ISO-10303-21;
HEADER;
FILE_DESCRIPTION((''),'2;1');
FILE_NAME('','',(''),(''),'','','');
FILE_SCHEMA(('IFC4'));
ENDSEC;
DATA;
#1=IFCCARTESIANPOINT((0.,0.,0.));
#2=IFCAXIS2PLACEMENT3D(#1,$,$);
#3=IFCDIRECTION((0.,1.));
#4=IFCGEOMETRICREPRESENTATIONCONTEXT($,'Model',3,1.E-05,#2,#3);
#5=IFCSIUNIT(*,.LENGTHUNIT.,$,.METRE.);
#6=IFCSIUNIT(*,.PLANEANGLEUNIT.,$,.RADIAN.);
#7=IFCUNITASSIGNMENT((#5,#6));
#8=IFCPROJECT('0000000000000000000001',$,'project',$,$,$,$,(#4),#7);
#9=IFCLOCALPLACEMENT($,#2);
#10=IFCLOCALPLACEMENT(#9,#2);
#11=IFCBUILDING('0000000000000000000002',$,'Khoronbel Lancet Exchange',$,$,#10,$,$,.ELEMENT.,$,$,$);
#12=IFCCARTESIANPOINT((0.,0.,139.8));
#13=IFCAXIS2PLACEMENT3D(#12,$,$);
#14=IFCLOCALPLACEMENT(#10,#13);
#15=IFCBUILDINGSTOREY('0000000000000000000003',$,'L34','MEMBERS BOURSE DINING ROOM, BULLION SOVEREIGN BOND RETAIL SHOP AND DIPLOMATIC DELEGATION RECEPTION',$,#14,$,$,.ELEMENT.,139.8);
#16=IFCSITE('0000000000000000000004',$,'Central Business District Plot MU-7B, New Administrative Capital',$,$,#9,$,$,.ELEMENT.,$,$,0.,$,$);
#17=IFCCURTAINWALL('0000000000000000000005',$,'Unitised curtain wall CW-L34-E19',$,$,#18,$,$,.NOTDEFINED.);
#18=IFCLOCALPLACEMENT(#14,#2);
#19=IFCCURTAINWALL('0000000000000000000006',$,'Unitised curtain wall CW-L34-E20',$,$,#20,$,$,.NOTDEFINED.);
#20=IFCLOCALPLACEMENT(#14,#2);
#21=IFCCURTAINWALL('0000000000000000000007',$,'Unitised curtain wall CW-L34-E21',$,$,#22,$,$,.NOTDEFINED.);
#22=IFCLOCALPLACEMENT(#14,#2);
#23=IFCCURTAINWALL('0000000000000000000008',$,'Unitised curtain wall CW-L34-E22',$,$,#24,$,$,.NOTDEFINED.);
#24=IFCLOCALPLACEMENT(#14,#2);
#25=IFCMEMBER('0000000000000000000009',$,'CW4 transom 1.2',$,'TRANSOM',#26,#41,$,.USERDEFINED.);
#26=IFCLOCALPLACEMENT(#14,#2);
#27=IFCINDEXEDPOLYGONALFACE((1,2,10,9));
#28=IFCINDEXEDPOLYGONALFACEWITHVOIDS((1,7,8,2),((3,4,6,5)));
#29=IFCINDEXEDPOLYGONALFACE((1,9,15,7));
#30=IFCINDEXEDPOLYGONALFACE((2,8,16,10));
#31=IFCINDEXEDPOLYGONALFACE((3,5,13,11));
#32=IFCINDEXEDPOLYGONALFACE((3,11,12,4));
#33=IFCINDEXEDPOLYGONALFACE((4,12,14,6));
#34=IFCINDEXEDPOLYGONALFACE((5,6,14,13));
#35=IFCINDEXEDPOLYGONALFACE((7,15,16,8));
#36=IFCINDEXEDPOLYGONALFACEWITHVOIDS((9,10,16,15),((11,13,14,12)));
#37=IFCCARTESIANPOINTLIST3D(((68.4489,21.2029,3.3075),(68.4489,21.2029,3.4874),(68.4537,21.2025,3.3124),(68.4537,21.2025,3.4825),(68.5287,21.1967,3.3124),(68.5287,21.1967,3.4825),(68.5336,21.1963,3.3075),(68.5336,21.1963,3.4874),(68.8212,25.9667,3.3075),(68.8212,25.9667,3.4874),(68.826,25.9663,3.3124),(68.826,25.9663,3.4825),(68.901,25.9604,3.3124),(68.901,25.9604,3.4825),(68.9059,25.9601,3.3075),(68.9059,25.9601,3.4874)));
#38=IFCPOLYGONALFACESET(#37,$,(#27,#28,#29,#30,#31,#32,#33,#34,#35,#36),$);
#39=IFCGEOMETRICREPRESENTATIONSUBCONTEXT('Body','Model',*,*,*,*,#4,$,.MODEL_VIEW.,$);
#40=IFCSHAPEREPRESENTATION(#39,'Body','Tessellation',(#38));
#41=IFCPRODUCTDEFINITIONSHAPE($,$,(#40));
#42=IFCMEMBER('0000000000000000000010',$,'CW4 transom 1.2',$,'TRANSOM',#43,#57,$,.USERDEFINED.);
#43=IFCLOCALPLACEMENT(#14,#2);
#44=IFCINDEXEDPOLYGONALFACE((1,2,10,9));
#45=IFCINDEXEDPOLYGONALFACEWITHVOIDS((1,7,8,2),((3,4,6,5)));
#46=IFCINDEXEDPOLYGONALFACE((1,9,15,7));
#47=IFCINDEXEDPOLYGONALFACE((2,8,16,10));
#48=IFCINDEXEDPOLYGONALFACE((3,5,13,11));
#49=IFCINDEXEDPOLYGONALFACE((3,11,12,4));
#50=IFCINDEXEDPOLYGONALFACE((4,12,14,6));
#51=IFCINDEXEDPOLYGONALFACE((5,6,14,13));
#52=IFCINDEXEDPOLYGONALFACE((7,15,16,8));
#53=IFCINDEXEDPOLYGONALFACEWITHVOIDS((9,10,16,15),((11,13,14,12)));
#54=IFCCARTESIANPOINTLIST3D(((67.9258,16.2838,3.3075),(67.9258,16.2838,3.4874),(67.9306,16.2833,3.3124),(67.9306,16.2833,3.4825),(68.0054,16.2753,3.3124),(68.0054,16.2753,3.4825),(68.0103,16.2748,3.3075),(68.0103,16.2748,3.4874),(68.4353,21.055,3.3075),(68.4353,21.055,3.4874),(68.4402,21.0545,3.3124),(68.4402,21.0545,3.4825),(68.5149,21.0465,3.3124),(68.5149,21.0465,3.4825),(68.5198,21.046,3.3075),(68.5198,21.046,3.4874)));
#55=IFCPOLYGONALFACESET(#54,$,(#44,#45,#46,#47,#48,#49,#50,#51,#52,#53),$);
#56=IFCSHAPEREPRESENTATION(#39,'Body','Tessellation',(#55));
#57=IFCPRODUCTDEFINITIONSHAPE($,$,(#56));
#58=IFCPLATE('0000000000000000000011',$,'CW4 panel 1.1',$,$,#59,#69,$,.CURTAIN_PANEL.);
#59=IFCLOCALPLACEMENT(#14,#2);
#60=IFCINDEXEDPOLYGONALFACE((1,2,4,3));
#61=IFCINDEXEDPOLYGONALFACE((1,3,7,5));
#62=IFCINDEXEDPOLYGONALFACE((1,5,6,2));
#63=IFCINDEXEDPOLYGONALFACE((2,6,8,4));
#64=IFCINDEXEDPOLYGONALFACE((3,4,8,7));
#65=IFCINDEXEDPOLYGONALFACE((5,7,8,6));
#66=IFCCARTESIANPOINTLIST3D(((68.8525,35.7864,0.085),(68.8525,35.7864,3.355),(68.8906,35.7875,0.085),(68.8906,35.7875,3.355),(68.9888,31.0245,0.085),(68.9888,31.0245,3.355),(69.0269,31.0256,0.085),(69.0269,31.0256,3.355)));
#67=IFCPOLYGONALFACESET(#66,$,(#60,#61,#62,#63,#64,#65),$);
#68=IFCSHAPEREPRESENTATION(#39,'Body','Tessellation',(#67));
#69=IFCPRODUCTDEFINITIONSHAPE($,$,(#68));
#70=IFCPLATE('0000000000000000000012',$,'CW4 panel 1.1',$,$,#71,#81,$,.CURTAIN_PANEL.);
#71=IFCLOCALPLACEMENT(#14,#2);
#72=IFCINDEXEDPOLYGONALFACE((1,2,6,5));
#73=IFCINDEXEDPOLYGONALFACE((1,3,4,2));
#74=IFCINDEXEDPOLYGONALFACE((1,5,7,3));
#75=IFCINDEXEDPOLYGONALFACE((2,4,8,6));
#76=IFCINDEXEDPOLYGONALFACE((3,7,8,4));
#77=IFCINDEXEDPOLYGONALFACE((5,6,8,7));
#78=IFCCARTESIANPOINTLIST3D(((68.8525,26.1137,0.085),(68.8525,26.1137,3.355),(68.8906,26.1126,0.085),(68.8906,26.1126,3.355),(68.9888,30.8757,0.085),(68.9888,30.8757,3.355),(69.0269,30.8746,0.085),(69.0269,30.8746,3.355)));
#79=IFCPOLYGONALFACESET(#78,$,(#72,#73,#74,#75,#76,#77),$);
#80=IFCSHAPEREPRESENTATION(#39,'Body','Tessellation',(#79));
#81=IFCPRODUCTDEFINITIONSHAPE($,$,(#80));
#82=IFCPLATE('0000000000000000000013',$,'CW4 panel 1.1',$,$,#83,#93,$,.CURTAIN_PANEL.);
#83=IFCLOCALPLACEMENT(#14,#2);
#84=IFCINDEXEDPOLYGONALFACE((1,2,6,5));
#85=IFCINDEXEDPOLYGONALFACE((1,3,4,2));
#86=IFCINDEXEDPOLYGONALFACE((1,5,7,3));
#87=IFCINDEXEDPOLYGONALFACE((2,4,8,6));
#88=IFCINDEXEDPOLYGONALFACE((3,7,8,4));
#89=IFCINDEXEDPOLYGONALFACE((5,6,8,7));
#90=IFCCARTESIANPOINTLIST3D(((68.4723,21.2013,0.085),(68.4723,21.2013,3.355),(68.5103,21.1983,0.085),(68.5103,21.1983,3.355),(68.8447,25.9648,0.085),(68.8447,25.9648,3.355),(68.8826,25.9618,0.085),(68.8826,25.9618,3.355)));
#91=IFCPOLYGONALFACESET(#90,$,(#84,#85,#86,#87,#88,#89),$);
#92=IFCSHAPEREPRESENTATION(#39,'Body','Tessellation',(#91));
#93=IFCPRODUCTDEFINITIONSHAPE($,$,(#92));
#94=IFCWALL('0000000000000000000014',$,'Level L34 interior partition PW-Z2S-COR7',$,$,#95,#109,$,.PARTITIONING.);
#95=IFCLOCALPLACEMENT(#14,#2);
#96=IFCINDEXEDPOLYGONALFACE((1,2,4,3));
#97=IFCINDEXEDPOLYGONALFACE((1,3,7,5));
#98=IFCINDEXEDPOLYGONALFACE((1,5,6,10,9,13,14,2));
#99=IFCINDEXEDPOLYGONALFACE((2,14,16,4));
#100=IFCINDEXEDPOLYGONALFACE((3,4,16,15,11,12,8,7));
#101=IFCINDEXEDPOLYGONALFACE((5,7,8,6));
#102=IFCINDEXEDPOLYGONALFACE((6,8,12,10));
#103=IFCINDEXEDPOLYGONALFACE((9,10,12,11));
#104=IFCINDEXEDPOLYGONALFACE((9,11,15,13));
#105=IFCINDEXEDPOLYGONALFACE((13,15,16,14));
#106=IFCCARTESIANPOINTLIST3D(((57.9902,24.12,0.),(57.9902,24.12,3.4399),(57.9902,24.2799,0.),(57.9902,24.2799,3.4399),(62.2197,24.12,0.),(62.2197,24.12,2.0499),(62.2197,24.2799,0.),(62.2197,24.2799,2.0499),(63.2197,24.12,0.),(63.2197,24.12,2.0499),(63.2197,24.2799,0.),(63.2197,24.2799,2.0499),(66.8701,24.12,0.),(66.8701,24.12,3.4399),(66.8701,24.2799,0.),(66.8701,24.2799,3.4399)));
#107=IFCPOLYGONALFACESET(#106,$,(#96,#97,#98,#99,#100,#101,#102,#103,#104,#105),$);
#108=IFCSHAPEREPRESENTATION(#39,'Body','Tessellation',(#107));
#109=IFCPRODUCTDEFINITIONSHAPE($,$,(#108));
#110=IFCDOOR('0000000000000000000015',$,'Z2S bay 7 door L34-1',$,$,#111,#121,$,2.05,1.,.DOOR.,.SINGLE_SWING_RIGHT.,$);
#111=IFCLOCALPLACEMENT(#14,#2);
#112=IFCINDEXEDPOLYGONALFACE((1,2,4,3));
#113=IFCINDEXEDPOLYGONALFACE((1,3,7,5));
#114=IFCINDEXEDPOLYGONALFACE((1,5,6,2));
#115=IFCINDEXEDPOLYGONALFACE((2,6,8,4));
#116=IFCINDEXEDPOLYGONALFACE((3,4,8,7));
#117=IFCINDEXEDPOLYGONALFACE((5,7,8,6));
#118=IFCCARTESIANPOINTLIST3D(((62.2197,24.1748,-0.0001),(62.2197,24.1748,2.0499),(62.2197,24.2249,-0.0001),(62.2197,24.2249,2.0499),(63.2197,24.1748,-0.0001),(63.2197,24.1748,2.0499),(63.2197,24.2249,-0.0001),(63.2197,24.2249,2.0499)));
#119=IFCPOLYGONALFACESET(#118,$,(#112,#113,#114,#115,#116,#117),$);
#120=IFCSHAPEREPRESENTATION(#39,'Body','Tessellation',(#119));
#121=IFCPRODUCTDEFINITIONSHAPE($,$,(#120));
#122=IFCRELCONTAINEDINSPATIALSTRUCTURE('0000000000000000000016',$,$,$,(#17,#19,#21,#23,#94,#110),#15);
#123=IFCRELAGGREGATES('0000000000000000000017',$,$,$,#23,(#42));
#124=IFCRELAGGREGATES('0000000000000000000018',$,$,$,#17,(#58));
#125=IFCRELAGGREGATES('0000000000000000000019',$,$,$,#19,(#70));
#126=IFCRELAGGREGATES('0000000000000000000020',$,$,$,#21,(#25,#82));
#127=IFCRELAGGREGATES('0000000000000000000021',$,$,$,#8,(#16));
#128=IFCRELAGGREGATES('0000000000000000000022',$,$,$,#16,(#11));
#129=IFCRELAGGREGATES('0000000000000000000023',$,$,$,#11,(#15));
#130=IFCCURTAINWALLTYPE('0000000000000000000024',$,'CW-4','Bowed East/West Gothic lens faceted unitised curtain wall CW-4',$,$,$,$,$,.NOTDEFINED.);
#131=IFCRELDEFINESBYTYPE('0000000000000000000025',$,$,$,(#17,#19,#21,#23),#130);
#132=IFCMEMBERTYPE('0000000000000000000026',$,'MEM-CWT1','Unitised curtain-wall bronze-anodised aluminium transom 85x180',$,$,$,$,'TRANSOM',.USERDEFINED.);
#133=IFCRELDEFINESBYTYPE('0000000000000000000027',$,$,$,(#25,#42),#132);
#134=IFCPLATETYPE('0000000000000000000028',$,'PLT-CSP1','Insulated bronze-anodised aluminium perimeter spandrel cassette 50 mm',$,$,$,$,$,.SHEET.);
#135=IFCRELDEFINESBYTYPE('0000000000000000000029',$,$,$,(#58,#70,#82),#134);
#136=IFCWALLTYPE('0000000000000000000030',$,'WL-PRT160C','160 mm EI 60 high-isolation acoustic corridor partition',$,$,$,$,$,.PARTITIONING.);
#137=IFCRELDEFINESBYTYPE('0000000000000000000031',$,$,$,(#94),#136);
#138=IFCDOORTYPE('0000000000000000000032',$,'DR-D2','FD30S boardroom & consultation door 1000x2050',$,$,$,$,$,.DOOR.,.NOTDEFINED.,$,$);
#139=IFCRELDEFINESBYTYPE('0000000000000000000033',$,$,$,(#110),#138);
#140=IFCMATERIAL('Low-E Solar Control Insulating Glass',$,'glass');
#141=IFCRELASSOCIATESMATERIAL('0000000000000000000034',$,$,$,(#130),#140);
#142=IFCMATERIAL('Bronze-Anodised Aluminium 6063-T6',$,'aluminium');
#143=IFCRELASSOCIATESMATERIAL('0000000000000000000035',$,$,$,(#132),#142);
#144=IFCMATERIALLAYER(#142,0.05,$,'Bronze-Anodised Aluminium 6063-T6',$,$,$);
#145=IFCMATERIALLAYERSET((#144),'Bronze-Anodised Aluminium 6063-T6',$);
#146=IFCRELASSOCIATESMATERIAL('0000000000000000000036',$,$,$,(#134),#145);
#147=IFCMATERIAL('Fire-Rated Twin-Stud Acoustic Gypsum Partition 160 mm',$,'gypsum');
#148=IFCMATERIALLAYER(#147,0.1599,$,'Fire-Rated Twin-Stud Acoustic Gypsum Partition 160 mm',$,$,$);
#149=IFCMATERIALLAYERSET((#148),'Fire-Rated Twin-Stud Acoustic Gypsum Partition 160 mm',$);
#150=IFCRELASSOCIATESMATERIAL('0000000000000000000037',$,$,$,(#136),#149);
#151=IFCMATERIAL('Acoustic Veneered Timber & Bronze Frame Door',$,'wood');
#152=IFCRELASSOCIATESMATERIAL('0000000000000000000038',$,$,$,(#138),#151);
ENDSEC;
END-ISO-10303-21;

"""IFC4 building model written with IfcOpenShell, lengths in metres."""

from ifc_helpers import new_model, si_unit, direction, frame, frame_2d, origin, origin_2d, place, context, subcontext, project, spatial, rectangle, hollow_rectangle, extrude, material, layer, layer_set, material_profile, profile_set, type_object, element, fill, aggregate, save


model = new_model("IFC4")

# Units and contexts
model_context = context("Model", 3, precision=1e-05, world=origin(), true_north=direction((0.0, 1.0)))
body_context = subcontext(model_context, "Body", "Model", "MODEL_VIEW")
ifc_project = project(units=[si_unit("LENGTHUNIT", "METRE"), si_unit("PLANEANGLEUNIT", "RADIAN")], contexts=[model_context])

# Site, building, storey
site_placement = place(None, origin())
site = spatial("IfcSite", under=ifc_project, at=site_placement, Name="Central Business District Plot MU-7B, New Administrative Capital", CompositionType="ELEMENT", RefElevation=0.0)
building_placement = place(site_placement, origin())
building = spatial("IfcBuilding", under=site, at=building_placement, Name="Khoronbel Lancet Exchange", CompositionType="ELEMENT")
storey_placement = place(building_placement, frame((0.0, 0.0, 139.8)))
storey = spatial("IfcBuildingStorey", under=building, at=storey_placement, Name="L34", Description="MEMBERS BOURSE DINING ROOM, BULLION SOVEREIGN BOND RETAIL SHOP AND DIPLOMATIC DELEGATION RECEPTION", CompositionType="ELEMENT", Elevation=139.8)

# Curtain wall
ifc_material_1 = material(Name="Low-E Solar Control Insulating Glass", Category="glass")
curtain_wall_type = type_object("IfcCurtainWallType", Name="CW-4", Description="Bowed East/West Gothic lens faceted unitised curtain wall CW-4", PredefinedType="NOTDEFINED", material=ifc_material_1)
curtain_wall_1_placement = place(storey_placement, origin())
curtain_wall_1 = element("IfcCurtainWall", 1, at=curtain_wall_1_placement, inside=storey, type_object=curtain_wall_type, Name="Unitised curtain wall CW-L34-E19", PredefinedType="NOTDEFINED")
ifc_material_2 = material(Name="Bronze-Anodised Aluminium 6063-T6", Category="aluminium")

# Curtain walls
curtain_wall_2_placement = place(storey_placement, origin())
curtain_wall_2 = element("IfcCurtainWall", 2, at=curtain_wall_2_placement, inside=storey, type_object=curtain_wall_type, Name="Unitised curtain wall CW-L34-E20", PredefinedType="NOTDEFINED")
curtain_wall_3_placement = place(storey_placement, origin())
curtain_wall_3 = element("IfcCurtainWall", 3, at=curtain_wall_3_placement, inside=storey, type_object=curtain_wall_type, Name="Unitised curtain wall CW-L34-E21", PredefinedType="NOTDEFINED")

# Curtain wall
curtain_wall_4_placement = place(storey_placement, origin())
curtain_wall_4 = element("IfcCurtainWall", 4, at=curtain_wall_4_placement, inside=storey, type_object=curtain_wall_type, Name="Unitised curtain wall CW-L34-E22", PredefinedType="NOTDEFINED")

# Members
ifc_material_profile_1 = material_profile(ifc_material_2, hollow_rectangle(XDim=0.085, YDim=0.1799, WallThickness=0.0049, at=origin_2d()), Name="ALU TRANSOM 85x180")
ifc_profile_set_1 = profile_set([ifc_material_profile_1], Name="Bronze-Anodised Aluminium 6063-T6")
member_type_1 = type_object("IfcMemberType", Name="MEM-CWT1", Description="Unitised curtain-wall bronze-anodised aluminium transom 85x180", ElementType="TRANSOM", PredefinedType="USERDEFINED", material=ifc_profile_set_1)
member_1_placement = place(storey_placement, frame((68.8635, 25.9634, 3.3975), z_axis=(-0.077919, -0.99696, 0.0), x_axis=(0.99696, -0.077919, 0.0)))
member_1 = element("IfcMember", 5, at=member_1_placement, type_object=member_type_1, Name="CW4 transom 1.2", ObjectType="TRANSOM", PredefinedType="USERDEFINED", context=body_context, shape_type="SweptSolid", body=[
    extrude(hollow_rectangle(XDim=0.085, YDim=0.1799, WallThickness=0.0049, at=origin_2d()), origin(), (0.0, 0.0, 1.0), 4.7783),
])
member_2_placement = place(storey_placement, frame((68.4775, 21.0505, 3.3975), z_axis=(-0.106186, -0.994346, 0.0), x_axis=(0.994346, -0.106186, 0.0)))
member_2 = element("IfcMember", 6, at=member_2_placement, type_object=member_type_1, Name="CW4 transom 1.2", ObjectType="TRANSOM", PredefinedType="USERDEFINED", context=body_context, shape_type="SweptSolid", body=[
    extrude(hollow_rectangle(XDim=0.085, YDim=0.1799, WallThickness=0.0049, at=origin_2d()), origin(), (0.0, 0.0, 1.0), 4.7983),
])
aggregate(curtain_wall_4, [member_2])

# Plates
ifc_layer_1 = layer(ifc_material_2, 0.05, Name="Bronze-Anodised Aluminium 6063-T6")
ifc_layer_set_1 = layer_set([ifc_layer_1], Name="Bronze-Anodised Aluminium 6063-T6")
plate_type = type_object("IfcPlateType", Name="PLT-CSP1", Description="Insulated bronze-anodised aluminium perimeter spandrel cassette 50 mm", PredefinedType="SHEET", material=ifc_layer_set_1)
plate_1_placement = place(storey_placement, frame((68.9397, 33.406, 0.085), z_axis=(0.0, 0.0, 1.0), x_axis=(0.028613, -0.999591, 0.0)))
plate_1 = element("IfcPlate", 7, at=plate_1_placement, type_object=plate_type, Name="CW4 panel 1.1", PredefinedType="CURTAIN_PANEL", context=body_context, shape_type="SweptSolid", body=[
    extrude(rectangle(XDim=4.7639, YDim=0.0381, at=origin_2d()), origin(), (0.0, 0.0, 1.0), 3.27),
])
aggregate(curtain_wall_1, [plate_1])
plate_2_placement = place(storey_placement, frame((68.9397, 28.4941, 0.085), z_axis=(0.0, 0.0, 1.0), x_axis=(-0.028613, -0.999591, 0.0)))
plate_2 = element("IfcPlate", 8, at=plate_2_placement, type_object=plate_type, Name="CW4 panel 1.1", PredefinedType="CURTAIN_PANEL", context=body_context, shape_type="SweptSolid", body=[
    extrude(rectangle(XDim=4.7639, YDim=0.0381, at=origin_2d()), origin(), (0.0, 0.0, 1.0), 3.27),
])
aggregate(curtain_wall_2, [plate_2])
plate_3_placement = place(storey_placement, frame((68.6775, 23.5815, 0.085), z_axis=(0.0, 0.0, 1.0), x_axis=(-0.077921, -0.99696, 0.0)))
plate_3 = element("IfcPlate", 9, at=plate_3_placement, type_object=plate_type, Name="CW4 panel 1.1", PredefinedType="CURTAIN_PANEL", context=body_context, shape_type="SweptSolid", body=[
    extrude(rectangle(XDim=4.7781, YDim=0.0381, at=origin_2d()), origin(), (0.0, 0.0, 1.0), 3.27),
])
aggregate(curtain_wall_3, [member_1, plate_3])

# Wall, opening, door
ifc_material_3 = material(Name="Fire-Rated Twin-Stud Acoustic Gypsum Partition 160 mm", Category="gypsum")
ifc_layer_2 = layer(ifc_material_3, 0.1599, Name="Fire-Rated Twin-Stud Acoustic Gypsum Partition 160 mm")
ifc_layer_set_2 = layer_set([ifc_layer_2], Name="Fire-Rated Twin-Stud Acoustic Gypsum Partition 160 mm")
wall_type = type_object("IfcWallType", Name="WL-PRT160C", Description="160 mm EI 60 high-isolation acoustic corridor partition", PredefinedType="PARTITIONING", material=ifc_layer_set_2)
wall_placement = place(storey_placement, frame((57.9902, 24.2, 0.0), z_axis=(0.0, 0.0, 1.0), x_axis=(1.0, 0.0, 0.0)))
wall = element("IfcWall", 10, at=wall_placement, inside=storey, type_object=wall_type, Name="Level L34 interior partition PW-Z2S-COR7", PredefinedType="PARTITIONING", context=body_context, shape_type="SweptSolid", body=[
    extrude(rectangle(XDim=8.8799, YDim=0.1599, at=frame_2d((4.4399, 0.0))), origin(), (0.0, 0.0, 1.0), 3.4399),
])
opening_placement = place(wall_placement, frame((4.2295, 0.0, 0.0)))
opening = element("IfcOpeningElement", 11, at=opening_placement, cuts=wall, PredefinedType="OPENING", context=body_context, shape_type="SweptSolid", body=[
    extrude(rectangle(XDim=1.0, YDim=2.05, at=frame_2d((0.5, 1.0249))), frame((0.0, 0.0898, 0.0), z_axis=(0.0, -1.0, 0.0), x_axis=(1.0, 0.0, 0.0)), (0.0, 0.0, 1.0), 0.1799),
])
ifc_material_4 = material(Name="Acoustic Veneered Timber & Bronze Frame Door", Category="wood")
door_type = type_object("IfcDoorType", Name="DR-D2", Description="FD30S boardroom & consultation door 1000x2050", OperationType="NOTDEFINED", PredefinedType="DOOR", material=ifc_material_4)
door_placement = place(opening_placement, origin())
door = element("IfcDoor", 12, at=door_placement, inside=storey, type_object=door_type, Name="Z2S bay 7 door L34-1", OperationType="SINGLE_SWING_RIGHT", OverallHeight=2.05, OverallWidth=1.0, PredefinedType="DOOR", context=body_context, shape_type="SweptSolid", body=[
    extrude(rectangle(XDim=1.0, YDim=2.05, at=frame_2d((0.5, 1.0249))), frame((0.0, 0.0249, 0.0), z_axis=(0.0, -1.0, 0.0), x_axis=(1.0, 0.0, 0.0)), (0.0, 0.0, 1.0), 0.05),
])
fill(opening, door)

save(model, "model.ifc")
